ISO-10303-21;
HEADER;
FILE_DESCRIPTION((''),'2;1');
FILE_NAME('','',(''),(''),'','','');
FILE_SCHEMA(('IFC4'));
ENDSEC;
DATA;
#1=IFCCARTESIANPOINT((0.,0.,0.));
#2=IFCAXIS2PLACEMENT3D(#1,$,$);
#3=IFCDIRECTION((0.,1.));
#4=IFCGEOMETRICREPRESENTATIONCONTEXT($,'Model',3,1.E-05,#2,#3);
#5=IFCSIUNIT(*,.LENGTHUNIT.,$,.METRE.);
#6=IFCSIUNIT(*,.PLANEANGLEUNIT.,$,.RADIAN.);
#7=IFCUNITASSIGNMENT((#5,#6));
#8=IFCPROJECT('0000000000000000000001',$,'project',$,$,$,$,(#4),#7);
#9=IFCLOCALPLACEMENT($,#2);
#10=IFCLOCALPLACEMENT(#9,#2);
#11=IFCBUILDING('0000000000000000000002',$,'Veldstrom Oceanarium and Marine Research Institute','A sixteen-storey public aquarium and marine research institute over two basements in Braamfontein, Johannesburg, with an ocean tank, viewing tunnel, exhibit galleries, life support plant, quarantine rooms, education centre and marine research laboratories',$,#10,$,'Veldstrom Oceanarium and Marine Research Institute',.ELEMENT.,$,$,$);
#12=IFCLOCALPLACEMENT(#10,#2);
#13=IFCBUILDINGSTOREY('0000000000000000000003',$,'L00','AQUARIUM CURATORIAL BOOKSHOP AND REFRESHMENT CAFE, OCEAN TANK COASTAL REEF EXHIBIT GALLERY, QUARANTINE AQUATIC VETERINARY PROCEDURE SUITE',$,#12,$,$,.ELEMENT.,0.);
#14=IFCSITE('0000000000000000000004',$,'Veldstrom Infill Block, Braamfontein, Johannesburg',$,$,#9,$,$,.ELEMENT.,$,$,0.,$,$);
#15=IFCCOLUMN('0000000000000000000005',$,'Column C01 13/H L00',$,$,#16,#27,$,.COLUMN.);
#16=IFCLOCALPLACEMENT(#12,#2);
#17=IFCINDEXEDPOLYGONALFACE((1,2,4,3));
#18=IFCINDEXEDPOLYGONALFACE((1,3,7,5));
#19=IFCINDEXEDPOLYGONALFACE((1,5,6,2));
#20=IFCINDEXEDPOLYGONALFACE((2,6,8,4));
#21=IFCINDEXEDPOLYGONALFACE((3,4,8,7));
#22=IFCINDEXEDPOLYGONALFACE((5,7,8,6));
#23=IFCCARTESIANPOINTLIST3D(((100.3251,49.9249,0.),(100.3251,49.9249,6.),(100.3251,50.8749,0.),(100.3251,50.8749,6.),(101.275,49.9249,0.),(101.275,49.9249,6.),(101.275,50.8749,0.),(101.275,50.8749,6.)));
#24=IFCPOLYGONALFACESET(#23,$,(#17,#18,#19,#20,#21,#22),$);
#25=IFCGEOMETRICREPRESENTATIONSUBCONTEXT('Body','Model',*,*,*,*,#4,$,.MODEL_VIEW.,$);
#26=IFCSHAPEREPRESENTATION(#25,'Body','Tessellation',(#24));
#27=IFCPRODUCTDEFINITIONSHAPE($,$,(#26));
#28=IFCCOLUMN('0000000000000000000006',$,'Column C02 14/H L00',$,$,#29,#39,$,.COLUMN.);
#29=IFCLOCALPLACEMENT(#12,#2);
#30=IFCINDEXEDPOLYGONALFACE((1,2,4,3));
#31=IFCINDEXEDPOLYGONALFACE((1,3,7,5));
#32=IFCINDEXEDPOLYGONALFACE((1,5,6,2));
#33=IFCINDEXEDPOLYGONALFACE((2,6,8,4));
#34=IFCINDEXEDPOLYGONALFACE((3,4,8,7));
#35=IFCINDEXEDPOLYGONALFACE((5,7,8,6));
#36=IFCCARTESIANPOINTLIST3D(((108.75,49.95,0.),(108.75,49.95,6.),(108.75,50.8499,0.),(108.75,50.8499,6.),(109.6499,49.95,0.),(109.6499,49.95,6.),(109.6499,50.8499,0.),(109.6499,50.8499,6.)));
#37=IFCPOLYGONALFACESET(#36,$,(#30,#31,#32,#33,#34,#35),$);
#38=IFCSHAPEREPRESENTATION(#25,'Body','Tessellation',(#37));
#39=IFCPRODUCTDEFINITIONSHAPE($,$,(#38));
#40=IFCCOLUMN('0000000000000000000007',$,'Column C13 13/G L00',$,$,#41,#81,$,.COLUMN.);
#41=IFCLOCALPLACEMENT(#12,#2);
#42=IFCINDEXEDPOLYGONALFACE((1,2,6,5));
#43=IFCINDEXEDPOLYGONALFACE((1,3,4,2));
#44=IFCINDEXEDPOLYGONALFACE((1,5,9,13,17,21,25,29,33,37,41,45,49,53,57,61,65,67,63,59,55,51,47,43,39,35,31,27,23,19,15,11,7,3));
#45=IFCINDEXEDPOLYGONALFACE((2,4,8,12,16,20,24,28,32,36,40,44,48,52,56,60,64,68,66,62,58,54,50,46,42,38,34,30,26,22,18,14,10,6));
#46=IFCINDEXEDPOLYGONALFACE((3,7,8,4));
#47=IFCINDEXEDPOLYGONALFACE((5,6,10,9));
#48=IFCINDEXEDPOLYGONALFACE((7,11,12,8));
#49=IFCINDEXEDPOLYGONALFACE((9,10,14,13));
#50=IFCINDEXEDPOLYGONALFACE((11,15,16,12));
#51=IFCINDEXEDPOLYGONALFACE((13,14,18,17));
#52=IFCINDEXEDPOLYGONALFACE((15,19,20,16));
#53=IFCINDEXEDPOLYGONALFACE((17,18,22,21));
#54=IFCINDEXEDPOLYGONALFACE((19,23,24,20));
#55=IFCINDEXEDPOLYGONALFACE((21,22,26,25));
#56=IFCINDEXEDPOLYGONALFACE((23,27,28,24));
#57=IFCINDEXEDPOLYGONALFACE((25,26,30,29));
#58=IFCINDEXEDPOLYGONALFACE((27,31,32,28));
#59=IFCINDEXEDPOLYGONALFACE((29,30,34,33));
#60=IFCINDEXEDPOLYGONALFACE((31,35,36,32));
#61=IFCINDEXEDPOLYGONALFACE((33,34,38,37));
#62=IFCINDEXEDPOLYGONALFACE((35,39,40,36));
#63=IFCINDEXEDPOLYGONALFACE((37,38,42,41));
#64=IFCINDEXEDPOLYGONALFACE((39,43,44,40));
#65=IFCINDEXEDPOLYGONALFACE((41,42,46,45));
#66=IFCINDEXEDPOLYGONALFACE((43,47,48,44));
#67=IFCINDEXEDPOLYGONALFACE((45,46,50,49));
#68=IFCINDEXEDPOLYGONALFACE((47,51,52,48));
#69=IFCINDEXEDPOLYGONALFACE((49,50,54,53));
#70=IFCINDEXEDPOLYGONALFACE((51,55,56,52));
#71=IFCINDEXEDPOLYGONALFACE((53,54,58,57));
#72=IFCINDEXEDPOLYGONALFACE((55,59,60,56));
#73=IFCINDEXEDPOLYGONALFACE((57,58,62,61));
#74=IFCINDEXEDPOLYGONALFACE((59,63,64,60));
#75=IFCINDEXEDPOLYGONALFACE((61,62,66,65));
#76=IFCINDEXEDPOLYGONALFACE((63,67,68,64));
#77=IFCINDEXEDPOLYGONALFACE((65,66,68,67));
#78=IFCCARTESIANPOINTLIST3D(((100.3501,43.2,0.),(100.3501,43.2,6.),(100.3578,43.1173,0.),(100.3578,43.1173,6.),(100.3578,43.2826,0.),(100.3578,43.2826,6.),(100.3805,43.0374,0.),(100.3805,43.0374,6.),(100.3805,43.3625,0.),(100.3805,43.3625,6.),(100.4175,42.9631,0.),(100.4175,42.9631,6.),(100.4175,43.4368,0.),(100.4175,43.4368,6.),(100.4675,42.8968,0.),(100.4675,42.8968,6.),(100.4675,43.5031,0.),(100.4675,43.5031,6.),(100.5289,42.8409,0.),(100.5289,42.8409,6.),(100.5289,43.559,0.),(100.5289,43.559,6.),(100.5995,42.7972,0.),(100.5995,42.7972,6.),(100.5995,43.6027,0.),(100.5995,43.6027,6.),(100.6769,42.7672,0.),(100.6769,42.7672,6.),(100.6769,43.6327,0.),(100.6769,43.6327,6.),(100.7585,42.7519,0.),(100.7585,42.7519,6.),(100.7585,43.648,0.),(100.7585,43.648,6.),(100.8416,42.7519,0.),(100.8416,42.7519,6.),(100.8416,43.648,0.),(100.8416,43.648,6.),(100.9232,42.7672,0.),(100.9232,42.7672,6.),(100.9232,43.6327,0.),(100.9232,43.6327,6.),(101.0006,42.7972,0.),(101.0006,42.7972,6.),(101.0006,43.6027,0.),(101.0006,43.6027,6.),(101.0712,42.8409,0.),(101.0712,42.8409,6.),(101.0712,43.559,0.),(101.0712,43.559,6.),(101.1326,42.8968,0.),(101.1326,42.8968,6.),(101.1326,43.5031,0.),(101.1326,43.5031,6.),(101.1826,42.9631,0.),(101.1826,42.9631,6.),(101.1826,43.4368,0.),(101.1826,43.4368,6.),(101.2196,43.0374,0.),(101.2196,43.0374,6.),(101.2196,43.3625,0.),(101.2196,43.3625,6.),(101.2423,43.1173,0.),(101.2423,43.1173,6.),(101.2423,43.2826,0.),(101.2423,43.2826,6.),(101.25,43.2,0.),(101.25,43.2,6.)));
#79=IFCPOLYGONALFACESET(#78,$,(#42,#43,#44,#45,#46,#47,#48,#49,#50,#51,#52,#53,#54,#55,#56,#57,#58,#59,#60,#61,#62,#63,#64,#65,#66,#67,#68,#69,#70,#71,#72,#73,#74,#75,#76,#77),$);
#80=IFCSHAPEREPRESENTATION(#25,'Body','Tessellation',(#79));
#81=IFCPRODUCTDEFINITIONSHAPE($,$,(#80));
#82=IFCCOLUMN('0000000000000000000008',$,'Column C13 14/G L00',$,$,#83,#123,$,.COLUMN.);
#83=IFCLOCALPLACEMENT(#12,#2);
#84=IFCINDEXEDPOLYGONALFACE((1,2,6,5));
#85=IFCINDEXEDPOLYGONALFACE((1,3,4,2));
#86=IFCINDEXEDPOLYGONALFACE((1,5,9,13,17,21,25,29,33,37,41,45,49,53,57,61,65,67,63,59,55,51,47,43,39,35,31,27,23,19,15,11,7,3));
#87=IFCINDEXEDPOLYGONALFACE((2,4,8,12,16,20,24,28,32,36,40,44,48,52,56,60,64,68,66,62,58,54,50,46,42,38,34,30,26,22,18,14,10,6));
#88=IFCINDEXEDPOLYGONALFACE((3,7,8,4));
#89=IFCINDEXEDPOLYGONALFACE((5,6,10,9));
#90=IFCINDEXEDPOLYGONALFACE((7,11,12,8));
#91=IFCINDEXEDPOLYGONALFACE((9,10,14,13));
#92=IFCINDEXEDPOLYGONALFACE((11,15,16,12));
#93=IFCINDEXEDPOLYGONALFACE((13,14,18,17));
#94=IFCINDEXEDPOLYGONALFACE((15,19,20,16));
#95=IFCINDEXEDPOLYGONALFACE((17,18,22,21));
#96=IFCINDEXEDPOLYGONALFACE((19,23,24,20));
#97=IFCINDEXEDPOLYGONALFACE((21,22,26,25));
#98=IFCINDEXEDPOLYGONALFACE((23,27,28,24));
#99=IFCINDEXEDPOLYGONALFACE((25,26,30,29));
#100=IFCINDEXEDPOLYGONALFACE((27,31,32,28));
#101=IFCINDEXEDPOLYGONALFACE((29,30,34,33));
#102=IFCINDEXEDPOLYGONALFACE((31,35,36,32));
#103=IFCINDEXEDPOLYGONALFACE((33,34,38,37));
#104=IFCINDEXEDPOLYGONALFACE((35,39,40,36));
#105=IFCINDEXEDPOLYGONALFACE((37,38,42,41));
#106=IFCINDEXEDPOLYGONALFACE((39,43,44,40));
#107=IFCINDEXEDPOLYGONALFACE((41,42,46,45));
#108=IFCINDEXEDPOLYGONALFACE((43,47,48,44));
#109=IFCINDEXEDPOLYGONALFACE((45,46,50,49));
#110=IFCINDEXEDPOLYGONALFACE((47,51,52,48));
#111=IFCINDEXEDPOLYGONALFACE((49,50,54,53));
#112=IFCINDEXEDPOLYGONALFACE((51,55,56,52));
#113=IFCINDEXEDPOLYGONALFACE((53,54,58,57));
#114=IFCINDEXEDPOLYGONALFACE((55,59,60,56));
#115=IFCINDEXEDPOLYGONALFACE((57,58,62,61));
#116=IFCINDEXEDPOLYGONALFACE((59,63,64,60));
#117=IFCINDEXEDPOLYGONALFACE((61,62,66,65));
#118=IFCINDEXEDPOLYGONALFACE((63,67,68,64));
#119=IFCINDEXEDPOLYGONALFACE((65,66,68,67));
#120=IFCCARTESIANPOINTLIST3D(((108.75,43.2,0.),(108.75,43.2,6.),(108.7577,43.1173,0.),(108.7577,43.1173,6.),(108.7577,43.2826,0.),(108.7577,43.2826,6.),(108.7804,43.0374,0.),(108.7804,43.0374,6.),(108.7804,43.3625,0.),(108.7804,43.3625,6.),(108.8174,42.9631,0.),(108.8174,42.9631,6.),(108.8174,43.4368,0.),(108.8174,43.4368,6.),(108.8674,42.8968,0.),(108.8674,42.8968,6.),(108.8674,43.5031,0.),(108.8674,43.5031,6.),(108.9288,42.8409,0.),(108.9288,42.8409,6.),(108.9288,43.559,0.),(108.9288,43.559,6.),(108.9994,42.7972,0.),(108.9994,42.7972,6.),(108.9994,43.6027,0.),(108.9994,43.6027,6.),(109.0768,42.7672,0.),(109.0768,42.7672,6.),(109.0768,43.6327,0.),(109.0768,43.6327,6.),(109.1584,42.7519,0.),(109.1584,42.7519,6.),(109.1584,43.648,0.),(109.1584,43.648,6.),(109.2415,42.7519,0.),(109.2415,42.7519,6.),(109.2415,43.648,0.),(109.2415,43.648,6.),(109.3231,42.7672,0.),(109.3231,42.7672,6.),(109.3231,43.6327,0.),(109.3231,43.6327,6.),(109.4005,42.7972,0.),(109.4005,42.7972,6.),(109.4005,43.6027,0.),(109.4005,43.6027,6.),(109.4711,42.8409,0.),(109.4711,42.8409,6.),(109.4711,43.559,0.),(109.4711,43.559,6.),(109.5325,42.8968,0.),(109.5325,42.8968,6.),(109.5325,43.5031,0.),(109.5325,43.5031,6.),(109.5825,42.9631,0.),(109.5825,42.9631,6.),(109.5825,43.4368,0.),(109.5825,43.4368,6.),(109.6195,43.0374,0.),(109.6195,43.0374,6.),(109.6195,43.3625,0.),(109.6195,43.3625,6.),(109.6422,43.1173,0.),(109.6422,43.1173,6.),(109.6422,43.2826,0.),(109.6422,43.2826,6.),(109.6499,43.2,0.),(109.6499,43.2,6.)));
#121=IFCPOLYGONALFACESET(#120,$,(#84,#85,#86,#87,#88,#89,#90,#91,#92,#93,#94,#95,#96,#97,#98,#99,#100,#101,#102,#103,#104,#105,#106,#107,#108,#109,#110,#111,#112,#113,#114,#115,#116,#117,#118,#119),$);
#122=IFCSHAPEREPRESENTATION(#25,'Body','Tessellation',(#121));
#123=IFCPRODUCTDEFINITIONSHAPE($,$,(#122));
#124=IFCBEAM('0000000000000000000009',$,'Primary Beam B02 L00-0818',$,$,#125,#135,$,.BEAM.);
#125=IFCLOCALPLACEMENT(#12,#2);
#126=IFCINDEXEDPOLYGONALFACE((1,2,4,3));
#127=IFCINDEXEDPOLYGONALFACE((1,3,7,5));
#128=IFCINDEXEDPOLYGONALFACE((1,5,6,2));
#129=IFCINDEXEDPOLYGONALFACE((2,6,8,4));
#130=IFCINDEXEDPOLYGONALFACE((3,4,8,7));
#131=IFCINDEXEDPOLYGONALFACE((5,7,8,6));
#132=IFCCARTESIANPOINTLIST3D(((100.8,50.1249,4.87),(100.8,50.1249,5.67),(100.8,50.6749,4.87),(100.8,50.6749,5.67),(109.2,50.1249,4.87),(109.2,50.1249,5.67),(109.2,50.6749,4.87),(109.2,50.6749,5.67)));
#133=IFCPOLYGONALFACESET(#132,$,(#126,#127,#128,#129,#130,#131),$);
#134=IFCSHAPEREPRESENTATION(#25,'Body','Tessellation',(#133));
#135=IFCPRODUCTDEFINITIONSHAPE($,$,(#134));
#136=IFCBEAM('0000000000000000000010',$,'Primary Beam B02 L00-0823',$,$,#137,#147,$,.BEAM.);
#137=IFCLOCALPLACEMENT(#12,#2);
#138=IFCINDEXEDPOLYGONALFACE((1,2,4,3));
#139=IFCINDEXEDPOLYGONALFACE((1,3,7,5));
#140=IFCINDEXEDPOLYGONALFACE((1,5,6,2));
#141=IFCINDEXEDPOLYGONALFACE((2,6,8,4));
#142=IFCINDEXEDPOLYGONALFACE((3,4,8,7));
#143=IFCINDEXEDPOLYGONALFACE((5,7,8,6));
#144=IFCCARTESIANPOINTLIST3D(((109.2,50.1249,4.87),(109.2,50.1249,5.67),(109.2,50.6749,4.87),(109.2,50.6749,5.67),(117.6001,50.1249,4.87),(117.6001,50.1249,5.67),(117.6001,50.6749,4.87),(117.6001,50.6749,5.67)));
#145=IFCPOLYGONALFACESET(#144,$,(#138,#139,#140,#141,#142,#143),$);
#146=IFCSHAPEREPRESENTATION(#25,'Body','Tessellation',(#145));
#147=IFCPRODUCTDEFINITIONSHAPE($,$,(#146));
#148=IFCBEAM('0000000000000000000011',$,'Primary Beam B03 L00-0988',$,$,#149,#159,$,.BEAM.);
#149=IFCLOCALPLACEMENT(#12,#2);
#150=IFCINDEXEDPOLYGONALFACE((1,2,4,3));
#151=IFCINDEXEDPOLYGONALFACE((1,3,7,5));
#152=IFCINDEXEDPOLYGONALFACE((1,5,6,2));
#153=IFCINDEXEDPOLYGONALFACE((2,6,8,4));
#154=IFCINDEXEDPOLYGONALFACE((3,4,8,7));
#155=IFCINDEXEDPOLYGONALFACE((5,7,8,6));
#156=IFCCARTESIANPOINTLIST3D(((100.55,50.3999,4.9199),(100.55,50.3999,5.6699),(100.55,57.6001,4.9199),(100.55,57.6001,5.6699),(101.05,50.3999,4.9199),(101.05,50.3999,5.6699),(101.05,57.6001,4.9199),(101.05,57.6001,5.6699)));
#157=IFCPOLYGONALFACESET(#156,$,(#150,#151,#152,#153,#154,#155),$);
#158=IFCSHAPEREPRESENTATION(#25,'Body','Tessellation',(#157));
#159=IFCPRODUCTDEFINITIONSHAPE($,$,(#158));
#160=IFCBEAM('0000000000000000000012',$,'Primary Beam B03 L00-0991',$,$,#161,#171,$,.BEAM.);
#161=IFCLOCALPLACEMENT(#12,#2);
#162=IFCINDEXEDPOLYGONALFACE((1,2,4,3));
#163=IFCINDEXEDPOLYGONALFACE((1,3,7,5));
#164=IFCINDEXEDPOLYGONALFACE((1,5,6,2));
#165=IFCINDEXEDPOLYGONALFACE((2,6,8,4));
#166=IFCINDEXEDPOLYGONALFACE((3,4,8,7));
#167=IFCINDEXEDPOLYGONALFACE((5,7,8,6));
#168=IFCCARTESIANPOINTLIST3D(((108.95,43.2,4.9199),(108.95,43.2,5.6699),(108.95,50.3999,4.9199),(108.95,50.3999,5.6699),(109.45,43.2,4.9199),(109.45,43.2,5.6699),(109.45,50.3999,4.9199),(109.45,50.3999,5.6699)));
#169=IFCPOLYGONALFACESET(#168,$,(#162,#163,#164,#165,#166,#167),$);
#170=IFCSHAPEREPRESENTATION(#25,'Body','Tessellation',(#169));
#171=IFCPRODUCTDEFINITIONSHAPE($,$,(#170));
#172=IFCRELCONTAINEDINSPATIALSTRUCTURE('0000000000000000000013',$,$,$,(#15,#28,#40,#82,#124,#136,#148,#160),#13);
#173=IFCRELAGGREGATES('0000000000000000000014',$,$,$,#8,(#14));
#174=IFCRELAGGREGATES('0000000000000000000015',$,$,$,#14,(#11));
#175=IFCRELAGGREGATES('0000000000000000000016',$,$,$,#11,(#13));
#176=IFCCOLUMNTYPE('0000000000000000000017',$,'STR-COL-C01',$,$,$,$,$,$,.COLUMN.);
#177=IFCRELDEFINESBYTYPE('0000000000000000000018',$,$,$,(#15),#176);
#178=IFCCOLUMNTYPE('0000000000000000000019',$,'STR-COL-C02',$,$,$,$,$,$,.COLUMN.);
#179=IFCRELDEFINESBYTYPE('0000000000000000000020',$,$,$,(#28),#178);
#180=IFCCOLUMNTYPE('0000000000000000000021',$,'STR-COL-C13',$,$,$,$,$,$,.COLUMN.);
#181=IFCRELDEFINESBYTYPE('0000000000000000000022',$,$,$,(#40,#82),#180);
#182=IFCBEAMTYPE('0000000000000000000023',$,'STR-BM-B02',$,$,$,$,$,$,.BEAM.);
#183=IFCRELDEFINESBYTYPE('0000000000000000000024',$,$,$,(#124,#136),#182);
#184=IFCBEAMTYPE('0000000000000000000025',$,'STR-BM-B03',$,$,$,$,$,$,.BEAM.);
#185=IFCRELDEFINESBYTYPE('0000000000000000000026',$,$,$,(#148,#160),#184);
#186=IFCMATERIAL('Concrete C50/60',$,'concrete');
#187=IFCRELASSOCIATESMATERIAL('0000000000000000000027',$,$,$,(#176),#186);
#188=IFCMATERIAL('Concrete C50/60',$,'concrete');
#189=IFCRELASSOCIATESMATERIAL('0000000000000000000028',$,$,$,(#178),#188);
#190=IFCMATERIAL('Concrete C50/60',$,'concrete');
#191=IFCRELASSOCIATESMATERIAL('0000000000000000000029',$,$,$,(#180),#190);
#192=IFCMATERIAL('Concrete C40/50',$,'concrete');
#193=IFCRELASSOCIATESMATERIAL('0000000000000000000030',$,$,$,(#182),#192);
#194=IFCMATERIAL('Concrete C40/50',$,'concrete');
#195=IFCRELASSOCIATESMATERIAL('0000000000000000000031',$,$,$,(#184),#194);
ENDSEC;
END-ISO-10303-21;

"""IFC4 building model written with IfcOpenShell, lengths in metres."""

from ifc_helpers import new_model, si_unit, direction, frame, origin, origin_2d, place, context, subcontext, project, spatial, rectangle, circle, extrude, material, material_profile, profile_set, type_object, element, save


model = new_model("IFC4")

# Units and contexts
model_context = context("Model", 3, precision=1e-05, world=origin(), true_north=direction((0.0, 1.0)))
body_context = subcontext(model_context, "Body", "Model", "MODEL_VIEW")
ifc_project = project(units=[si_unit("LENGTHUNIT", "METRE"), si_unit("PLANEANGLEUNIT", "RADIAN")], contexts=[model_context])

# Site, building, storey
site_placement = place(None, origin())
site = spatial("IfcSite", under=ifc_project, at=site_placement, Name="Veldstrom Infill Block, Braamfontein, Johannesburg", CompositionType="ELEMENT", RefElevation=0.0)
building_placement = place(site_placement, origin())
building = spatial("IfcBuilding", under=site, at=building_placement, Name="Veldstrom Oceanarium and Marine Research Institute", Description="A sixteen-storey public aquarium and marine research institute over two basements in Braamfontein, Johannesburg, with an ocean tank, viewing tunnel, exhibit galleries, life support plant, quarantine rooms, education centre and marine research laboratories", LongName="Veldstrom Oceanarium and Marine Research Institute", CompositionType="ELEMENT")
storey_placement = place(building_placement, origin())
storey = spatial("IfcBuildingStorey", under=building, at=storey_placement, Name="L00", Description="AQUARIUM CURATORIAL BOOKSHOP AND REFRESHMENT CAFE, OCEAN TANK COASTAL REEF EXHIBIT GALLERY, QUARANTINE AQUATIC VETERINARY PROCEDURE SUITE", CompositionType="ELEMENT", Elevation=0.0)

# Columns
ifc_material_1 = material(Name="Concrete C50/60", Category="concrete")
ifc_material_profile_1 = material_profile(ifc_material_1, rectangle(XDim=0.95, YDim=0.95, at=origin_2d()), Name="RC-COL-950x950")
ifc_profile_set_1 = profile_set([ifc_material_profile_1], Name="Concrete C50/60")
column_type_1 = type_object("IfcColumnType", Name="STR-COL-C01", PredefinedType="COLUMN", material=ifc_profile_set_1)
column_1_placement = place(storey_placement, frame((100.8, 50.3999, 0.0), z_axis=(0.0, 0.0, 1.0), x_axis=(1.0, 0.0, 0.0)))
element("IfcColumn", 1, at=column_1_placement, inside=storey, type_object=column_type_1, Name="Column C01 13/H L00", PredefinedType="COLUMN", context=body_context, shape_type="SweptSolid", body=[
    extrude(rectangle(XDim=0.95, YDim=0.95, at=origin_2d()), origin(), (0.0, 0.0, 1.0), 6.0),
])
ifc_material_2 = material(Name="Concrete C50/60", Category="concrete")
ifc_material_profile_2 = material_profile(ifc_material_2, rectangle(XDim=0.8999, YDim=0.8999, at=origin_2d()), Name="RC-COL-900x900")
ifc_profile_set_2 = profile_set([ifc_material_profile_2], Name="Concrete C50/60")
column_type_2 = type_object("IfcColumnType", Name="STR-COL-C02", PredefinedType="COLUMN", material=ifc_profile_set_2)
column_2_placement = place(storey_placement, frame((109.2, 50.3999, 0.0), z_axis=(0.0, 0.0, 1.0), x_axis=(1.0, 0.0, 0.0)))
element("IfcColumn", 2, at=column_2_placement, inside=storey, type_object=column_type_2, Name="Column C02 14/H L00", PredefinedType="COLUMN", context=body_context, shape_type="SweptSolid", body=[
    extrude(rectangle(XDim=0.8999, YDim=0.8999, at=origin_2d()), origin(), (0.0, 0.0, 1.0), 6.0),
])
ifc_material_3 = material(Name="Concrete C50/60", Category="concrete")
ifc_material_profile_3 = material_profile(ifc_material_3, circle(Radius=0.45, at=origin_2d()), Name="RC-COL-D900")
ifc_profile_set_3 = profile_set([ifc_material_profile_3], Name="Concrete C50/60")
column_type_3 = type_object("IfcColumnType", Name="STR-COL-C13", PredefinedType="COLUMN", material=ifc_profile_set_3)
for number, where, z_axis, x_axis, name in (
    (3, (100.8, 43.2, 0.0), (0.0, 0.0, 1.0), (1.0, 0.0, 0.0), "Column C13 13/G L00"),
    (4, (109.2, 43.2, 0.0), (0.0, 0.0, 1.0), (1.0, 0.0, 0.0), "Column C13 14/G L00"),
):
    element("IfcColumn", number, at=place(storey_placement, frame(where, z_axis=z_axis, x_axis=x_axis)), inside=storey, type_object=column_type_3, Name=name, PredefinedType="COLUMN", context=body_context, shape_type="SweptSolid", body=[
        extrude(circle(Radius=0.45, at=origin_2d()), origin(), (0.0, 0.0, 1.0), 6.0),
    ])

# Beams
ifc_material_4 = material(Name="Concrete C40/50", Category="concrete")
ifc_material_profile_4 = material_profile(ifc_material_4, rectangle(XDim=0.55, YDim=0.8, at=origin_2d()), Name="RC-BM-550x800")
ifc_profile_set_4 = profile_set([ifc_material_profile_4], Name="Concrete C40/50")
beam_type_1 = type_object("IfcBeamType", Name="STR-BM-B02", PredefinedType="BEAM", material=ifc_profile_set_4)
beam_1_placement = place(storey_placement, frame((100.8, 50.3999, 5.27), z_axis=(1.0, 0.0, 0.0), x_axis=(0.0, 1.0, 0.0)))
element("IfcBeam", 5, at=beam_1_placement, inside=storey, type_object=beam_type_1, Name="Primary Beam B02 L00-0818", PredefinedType="BEAM", context=body_context, shape_type="SweptSolid", body=[
    extrude(rectangle(XDim=0.55, YDim=0.8, at=origin_2d()), origin(), (0.0, 0.0, 1.0), 8.3999),
])
beam_2_placement = place(storey_placement, frame((109.2, 50.3999, 5.27), z_axis=(1.0, 0.0, 0.0), x_axis=(0.0, 1.0, 0.0)))
element("IfcBeam", 6, at=beam_2_placement, inside=storey, type_object=beam_type_1, Name="Primary Beam B02 L00-0823", PredefinedType="BEAM", context=body_context, shape_type="SweptSolid", body=[
    extrude(rectangle(XDim=0.55, YDim=0.8, at=origin_2d()), origin(), (0.0, 0.0, 1.0), 8.4001),
])
ifc_material_5 = material(Name="Concrete C40/50", Category="concrete")
ifc_material_profile_5 = material_profile(ifc_material_5, rectangle(XDim=0.5, YDim=0.75, at=origin_2d()), Name="RC-BM-500x750")
ifc_profile_set_5 = profile_set([ifc_material_profile_5], Name="Concrete C40/50")
beam_type_2 = type_object("IfcBeamType", Name="STR-BM-B03", PredefinedType="BEAM", material=ifc_profile_set_5)
beam_3_placement = place(storey_placement, frame((100.8, 50.3999, 5.2949), z_axis=(0.0, 1.0, 0.0), x_axis=(-1.0, 0.0, 0.0)))
element("IfcBeam", 7, at=beam_3_placement, inside=storey, type_object=beam_type_2, Name="Primary Beam B03 L00-0988", PredefinedType="BEAM", context=body_context, shape_type="SweptSolid", body=[
    extrude(rectangle(XDim=0.5, YDim=0.75, at=origin_2d()), origin(), (0.0, 0.0, 1.0), 7.2002),
])
beam_4_placement = place(storey_placement, frame((109.2, 43.2, 5.2949), z_axis=(0.0, 1.0, 0.0), x_axis=(-1.0, 0.0, 0.0)))
element("IfcBeam", 8, at=beam_4_placement, inside=storey, type_object=beam_type_2, Name="Primary Beam B03 L00-0991", PredefinedType="BEAM", context=body_context, shape_type="SweptSolid", body=[
    extrude(rectangle(XDim=0.5, YDim=0.75, at=origin_2d()), origin(), (0.0, 0.0, 1.0), 7.2),
])

save(model, "model.ifc")
